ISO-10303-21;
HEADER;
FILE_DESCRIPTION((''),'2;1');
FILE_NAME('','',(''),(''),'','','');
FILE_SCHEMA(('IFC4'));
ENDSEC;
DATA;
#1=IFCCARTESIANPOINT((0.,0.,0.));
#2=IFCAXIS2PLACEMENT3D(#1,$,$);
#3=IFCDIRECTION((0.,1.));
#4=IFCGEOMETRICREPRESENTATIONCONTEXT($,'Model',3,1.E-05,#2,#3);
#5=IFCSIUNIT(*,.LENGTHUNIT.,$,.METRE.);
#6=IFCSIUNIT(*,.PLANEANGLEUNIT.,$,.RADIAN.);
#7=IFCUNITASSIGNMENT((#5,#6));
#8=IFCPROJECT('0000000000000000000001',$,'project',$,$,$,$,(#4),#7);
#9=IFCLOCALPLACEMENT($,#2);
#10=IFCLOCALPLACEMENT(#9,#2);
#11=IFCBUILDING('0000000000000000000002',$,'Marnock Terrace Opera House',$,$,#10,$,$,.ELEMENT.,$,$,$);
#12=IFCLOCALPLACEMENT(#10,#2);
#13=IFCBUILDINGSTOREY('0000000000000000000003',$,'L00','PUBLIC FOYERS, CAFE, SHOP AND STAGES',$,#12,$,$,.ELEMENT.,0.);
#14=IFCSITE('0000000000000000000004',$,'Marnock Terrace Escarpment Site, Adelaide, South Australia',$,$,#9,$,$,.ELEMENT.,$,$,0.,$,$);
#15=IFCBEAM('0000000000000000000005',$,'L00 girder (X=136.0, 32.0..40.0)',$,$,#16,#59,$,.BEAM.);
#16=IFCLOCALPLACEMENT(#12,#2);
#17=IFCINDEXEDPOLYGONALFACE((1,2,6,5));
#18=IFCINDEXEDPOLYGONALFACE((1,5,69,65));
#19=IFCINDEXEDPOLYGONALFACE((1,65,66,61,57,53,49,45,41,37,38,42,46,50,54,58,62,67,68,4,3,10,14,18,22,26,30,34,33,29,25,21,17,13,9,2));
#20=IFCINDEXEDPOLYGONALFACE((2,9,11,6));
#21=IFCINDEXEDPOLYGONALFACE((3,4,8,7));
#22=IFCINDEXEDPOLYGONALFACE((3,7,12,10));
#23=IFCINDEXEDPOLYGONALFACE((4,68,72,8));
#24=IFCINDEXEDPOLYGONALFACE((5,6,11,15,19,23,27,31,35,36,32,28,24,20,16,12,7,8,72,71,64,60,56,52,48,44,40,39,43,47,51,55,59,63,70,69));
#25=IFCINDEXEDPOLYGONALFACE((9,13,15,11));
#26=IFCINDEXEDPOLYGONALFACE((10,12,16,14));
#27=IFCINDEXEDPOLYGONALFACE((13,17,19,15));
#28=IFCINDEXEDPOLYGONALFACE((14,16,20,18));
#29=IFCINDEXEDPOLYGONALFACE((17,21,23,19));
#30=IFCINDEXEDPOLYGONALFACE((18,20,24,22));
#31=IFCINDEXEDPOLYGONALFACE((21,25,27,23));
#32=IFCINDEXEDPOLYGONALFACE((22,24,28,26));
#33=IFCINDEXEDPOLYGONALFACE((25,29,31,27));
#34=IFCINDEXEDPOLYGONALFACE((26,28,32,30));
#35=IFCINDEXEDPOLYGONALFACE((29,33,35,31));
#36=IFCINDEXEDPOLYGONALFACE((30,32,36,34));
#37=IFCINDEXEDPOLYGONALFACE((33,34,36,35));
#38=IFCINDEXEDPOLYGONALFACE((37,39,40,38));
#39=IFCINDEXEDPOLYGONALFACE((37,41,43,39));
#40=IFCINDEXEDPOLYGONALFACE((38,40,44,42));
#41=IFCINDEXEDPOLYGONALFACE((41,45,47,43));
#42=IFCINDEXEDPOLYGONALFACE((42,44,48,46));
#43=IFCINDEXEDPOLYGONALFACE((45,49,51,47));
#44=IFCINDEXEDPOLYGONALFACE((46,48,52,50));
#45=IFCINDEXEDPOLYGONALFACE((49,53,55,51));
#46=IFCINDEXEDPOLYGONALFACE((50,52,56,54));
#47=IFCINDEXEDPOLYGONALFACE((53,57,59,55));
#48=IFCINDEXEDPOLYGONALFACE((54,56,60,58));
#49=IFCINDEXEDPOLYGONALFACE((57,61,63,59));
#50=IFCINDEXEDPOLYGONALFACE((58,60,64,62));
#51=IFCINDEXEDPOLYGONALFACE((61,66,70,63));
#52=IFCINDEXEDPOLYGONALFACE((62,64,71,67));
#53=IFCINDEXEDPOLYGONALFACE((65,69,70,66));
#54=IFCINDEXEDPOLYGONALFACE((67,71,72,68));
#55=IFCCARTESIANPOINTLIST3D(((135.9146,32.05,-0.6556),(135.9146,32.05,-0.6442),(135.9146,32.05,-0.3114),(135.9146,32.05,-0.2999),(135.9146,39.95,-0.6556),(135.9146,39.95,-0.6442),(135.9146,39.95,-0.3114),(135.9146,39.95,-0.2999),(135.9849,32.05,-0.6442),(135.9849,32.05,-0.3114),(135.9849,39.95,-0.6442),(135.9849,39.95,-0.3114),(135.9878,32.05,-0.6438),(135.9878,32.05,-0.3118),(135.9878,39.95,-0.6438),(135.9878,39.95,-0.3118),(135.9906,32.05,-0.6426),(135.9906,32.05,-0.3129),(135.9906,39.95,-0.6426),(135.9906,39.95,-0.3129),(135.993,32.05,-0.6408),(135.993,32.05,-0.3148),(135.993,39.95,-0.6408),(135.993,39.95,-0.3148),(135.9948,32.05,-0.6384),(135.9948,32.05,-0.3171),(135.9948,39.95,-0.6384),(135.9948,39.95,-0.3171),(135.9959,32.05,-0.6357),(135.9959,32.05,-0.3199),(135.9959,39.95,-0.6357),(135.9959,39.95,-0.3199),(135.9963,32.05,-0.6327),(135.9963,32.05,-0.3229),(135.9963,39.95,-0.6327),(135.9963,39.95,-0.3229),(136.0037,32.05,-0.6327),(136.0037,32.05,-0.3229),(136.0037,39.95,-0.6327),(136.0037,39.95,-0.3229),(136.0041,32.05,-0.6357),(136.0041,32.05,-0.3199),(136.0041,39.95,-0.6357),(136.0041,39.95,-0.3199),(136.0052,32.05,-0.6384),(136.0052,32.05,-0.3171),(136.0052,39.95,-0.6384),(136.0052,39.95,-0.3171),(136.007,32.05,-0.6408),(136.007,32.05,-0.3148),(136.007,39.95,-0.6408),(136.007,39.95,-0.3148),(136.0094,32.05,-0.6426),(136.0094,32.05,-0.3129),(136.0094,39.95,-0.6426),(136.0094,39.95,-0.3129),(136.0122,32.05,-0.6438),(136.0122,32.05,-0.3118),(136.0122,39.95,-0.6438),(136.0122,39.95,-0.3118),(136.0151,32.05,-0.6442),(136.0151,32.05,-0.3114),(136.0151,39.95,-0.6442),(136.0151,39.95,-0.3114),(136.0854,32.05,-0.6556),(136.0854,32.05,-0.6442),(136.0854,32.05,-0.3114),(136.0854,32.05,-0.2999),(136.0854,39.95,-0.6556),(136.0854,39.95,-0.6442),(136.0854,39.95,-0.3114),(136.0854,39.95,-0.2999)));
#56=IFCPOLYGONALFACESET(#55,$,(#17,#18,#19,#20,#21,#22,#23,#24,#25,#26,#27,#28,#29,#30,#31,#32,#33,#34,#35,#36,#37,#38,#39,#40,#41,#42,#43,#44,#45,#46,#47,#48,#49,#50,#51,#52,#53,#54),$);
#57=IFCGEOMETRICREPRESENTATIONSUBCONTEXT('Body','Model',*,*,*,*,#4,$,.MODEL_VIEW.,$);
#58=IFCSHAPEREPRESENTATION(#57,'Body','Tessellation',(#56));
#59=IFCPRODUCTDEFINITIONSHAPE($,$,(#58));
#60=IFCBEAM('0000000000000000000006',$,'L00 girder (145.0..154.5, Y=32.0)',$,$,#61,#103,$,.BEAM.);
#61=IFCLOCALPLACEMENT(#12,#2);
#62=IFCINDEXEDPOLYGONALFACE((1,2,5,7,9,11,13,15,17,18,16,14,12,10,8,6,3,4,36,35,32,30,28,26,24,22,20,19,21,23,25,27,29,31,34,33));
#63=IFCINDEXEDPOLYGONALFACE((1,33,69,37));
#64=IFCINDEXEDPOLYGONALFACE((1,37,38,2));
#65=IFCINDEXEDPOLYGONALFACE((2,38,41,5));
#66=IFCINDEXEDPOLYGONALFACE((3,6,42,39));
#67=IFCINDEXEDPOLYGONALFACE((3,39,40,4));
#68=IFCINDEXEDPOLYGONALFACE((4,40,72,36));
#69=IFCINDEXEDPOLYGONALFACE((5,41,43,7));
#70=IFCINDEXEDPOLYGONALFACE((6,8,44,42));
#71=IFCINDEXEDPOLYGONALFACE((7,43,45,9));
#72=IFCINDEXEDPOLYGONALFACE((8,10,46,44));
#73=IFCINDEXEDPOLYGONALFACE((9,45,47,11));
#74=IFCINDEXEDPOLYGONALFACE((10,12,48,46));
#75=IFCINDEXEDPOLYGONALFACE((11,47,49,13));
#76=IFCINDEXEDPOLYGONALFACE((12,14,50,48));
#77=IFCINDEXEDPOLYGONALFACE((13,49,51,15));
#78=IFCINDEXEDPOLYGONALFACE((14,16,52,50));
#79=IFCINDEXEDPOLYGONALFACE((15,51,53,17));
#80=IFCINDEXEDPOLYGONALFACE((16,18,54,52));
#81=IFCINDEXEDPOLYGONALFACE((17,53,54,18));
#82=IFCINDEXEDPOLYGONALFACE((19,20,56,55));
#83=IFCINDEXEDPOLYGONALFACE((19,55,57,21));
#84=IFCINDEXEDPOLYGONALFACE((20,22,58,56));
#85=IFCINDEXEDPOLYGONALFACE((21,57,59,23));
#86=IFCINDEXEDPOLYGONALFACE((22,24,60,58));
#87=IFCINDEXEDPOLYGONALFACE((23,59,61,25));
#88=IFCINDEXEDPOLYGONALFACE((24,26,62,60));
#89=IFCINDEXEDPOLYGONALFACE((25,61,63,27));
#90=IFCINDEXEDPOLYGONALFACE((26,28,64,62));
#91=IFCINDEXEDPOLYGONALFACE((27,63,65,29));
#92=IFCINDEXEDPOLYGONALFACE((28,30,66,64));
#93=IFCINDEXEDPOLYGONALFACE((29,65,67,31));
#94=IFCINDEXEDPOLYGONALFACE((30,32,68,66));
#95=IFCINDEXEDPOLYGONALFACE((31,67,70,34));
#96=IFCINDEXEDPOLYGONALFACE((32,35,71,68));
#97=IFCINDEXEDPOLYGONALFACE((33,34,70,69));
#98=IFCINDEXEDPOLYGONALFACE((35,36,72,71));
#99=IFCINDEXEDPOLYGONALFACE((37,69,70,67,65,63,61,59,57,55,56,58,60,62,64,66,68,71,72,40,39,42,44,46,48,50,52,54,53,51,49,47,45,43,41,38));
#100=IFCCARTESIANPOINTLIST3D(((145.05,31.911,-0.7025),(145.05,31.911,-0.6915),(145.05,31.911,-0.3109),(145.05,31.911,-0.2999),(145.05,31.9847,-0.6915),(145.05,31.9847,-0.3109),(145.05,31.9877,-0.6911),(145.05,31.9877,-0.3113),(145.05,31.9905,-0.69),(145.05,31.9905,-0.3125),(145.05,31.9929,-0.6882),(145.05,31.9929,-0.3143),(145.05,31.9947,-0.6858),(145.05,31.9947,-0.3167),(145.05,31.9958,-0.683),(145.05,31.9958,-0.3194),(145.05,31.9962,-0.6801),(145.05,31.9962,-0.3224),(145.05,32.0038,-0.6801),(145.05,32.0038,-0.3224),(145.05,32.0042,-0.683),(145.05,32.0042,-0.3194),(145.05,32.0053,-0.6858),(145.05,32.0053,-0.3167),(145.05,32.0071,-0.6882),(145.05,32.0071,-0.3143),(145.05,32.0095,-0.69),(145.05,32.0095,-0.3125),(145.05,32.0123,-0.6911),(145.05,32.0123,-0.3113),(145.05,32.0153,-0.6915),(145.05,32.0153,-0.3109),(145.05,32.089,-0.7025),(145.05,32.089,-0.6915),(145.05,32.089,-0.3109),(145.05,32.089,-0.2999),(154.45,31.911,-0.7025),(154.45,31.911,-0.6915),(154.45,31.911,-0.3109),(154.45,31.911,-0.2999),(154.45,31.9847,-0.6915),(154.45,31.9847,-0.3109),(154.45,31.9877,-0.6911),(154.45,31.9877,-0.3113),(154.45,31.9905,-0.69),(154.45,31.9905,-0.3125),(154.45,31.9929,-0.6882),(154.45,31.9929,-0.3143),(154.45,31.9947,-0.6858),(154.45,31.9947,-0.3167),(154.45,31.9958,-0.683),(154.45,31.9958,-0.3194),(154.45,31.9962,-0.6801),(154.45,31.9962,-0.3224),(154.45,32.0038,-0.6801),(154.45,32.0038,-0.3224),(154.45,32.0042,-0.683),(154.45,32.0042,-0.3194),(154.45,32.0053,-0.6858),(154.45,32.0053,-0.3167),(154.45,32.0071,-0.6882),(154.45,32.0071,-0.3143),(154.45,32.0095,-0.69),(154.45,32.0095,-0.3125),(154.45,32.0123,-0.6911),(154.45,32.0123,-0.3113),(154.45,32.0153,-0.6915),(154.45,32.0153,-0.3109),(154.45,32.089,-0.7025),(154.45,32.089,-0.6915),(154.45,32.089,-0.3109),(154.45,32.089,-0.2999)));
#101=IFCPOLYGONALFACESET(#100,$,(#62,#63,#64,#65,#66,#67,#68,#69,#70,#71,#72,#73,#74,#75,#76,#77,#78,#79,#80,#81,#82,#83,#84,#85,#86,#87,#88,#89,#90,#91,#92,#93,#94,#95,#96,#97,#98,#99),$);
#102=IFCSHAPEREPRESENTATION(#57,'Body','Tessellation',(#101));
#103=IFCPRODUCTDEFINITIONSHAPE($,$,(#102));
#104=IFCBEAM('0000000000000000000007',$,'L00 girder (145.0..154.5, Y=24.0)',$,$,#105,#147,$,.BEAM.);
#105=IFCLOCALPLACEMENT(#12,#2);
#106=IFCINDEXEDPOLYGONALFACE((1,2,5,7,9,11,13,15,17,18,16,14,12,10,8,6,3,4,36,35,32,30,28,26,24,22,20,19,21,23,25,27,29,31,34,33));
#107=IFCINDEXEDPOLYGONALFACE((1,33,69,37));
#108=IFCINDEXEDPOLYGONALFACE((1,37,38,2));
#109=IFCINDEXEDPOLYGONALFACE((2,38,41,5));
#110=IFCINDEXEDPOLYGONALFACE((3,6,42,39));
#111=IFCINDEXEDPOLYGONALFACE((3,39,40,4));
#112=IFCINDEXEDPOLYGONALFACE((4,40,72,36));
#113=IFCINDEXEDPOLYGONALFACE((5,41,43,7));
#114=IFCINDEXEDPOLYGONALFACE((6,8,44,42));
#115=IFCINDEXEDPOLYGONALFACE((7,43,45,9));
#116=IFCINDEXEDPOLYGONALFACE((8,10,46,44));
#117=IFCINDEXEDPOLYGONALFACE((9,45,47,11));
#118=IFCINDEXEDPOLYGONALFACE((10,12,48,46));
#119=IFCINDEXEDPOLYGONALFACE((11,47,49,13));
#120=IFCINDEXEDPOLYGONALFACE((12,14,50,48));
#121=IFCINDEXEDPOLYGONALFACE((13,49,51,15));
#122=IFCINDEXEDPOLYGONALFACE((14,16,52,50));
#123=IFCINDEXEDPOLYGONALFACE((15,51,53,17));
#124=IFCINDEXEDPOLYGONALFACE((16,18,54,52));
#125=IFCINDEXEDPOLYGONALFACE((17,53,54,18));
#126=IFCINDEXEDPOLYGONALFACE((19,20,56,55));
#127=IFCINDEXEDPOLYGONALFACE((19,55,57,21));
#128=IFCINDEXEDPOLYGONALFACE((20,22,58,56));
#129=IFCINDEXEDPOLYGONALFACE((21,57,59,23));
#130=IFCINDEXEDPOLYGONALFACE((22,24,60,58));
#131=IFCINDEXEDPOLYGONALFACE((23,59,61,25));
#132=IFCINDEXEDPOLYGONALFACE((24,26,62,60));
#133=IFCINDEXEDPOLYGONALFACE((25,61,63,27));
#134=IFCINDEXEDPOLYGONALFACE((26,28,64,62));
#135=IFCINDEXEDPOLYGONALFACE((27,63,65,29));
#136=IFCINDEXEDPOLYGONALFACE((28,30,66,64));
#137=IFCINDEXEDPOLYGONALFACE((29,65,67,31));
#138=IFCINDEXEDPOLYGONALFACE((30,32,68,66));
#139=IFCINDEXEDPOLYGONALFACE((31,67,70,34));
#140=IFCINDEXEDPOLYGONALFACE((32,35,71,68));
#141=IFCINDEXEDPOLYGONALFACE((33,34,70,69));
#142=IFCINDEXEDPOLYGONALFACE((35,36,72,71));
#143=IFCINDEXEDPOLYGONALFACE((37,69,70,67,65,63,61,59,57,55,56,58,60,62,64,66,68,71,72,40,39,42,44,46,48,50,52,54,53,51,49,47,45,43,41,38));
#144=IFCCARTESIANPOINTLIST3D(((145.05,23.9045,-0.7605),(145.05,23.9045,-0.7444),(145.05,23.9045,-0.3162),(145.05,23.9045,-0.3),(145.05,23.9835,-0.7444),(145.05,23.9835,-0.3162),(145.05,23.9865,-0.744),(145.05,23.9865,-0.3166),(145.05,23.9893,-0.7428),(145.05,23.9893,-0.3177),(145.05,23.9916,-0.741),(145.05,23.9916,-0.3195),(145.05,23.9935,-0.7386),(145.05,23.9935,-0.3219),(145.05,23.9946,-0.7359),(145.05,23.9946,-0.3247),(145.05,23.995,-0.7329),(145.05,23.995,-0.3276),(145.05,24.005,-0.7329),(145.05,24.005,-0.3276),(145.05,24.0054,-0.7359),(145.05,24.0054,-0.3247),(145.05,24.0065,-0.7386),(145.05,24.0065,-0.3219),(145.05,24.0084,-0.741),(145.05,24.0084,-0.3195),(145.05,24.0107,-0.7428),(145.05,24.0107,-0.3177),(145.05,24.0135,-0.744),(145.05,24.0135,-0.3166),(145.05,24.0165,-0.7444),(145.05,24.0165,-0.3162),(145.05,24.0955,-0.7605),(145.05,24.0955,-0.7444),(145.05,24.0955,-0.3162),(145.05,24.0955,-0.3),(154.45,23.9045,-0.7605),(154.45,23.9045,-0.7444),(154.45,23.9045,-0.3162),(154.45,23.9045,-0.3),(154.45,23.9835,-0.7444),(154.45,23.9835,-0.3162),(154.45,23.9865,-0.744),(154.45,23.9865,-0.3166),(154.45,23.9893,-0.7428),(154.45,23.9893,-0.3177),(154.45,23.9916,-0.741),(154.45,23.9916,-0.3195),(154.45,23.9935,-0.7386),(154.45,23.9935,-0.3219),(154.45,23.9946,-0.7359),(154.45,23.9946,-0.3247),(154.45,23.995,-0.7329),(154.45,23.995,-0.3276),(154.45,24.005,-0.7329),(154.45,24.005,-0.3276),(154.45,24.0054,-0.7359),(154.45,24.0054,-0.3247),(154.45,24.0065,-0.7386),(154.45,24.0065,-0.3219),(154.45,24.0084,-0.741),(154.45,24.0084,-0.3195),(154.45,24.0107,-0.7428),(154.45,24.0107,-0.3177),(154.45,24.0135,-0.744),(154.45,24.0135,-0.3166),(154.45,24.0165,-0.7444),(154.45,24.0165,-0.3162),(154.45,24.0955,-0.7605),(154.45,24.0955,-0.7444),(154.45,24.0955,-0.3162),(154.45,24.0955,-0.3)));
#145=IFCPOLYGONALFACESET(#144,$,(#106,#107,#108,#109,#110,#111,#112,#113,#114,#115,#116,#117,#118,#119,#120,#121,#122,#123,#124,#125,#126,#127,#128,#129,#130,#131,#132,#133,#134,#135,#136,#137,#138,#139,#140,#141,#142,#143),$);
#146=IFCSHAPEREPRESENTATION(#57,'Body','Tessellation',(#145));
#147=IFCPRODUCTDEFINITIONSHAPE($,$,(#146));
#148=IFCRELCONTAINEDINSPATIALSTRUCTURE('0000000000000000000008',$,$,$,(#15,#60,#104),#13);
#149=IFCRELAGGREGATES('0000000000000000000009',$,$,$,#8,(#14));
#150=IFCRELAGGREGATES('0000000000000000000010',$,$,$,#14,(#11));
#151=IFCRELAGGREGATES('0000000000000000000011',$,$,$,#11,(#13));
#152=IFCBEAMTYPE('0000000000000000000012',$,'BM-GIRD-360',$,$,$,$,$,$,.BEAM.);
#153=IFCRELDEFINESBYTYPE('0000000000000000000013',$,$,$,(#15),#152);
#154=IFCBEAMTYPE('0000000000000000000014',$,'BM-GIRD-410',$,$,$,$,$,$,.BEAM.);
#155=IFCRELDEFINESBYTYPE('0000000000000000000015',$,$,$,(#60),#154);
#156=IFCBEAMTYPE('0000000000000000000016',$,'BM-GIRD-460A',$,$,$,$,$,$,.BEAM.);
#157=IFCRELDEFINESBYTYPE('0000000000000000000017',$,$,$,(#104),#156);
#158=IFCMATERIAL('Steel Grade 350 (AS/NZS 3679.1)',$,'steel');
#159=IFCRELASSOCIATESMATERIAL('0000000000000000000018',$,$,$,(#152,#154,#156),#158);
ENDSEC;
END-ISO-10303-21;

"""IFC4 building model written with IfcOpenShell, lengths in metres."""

from ifc_helpers import new_model, si_unit, direction, frame, origin, origin_2d, place, context, subcontext, project, spatial, i_section, extrude, material, material_profile, profile_set, type_object, element, save


model = new_model("IFC4")

# Units and contexts
model_context = context("Model", 3, precision=1e-05, world=origin(), true_north=direction((0.0, 1.0)))
body_context = subcontext(model_context, "Body", "Model", "MODEL_VIEW")
ifc_project = project(units=[si_unit("LENGTHUNIT", "METRE"), si_unit("PLANEANGLEUNIT", "RADIAN")], contexts=[model_context])

# Site, building, storey
site_placement = place(None, origin())
site = spatial("IfcSite", under=ifc_project, at=site_placement, Name="Marnock Terrace Escarpment Site, Adelaide, South Australia", CompositionType="ELEMENT", RefElevation=0.0)
building_placement = place(site_placement, origin())
building = spatial("IfcBuilding", under=site, at=building_placement, Name="Marnock Terrace Opera House", CompositionType="ELEMENT")
storey_placement = place(building_placement, origin())
storey = spatial("IfcBuildingStorey", under=building, at=storey_placement, Name="L00", Description="PUBLIC FOYERS, CAFE, SHOP AND STAGES", CompositionType="ELEMENT", Elevation=0.0)

# Shared definitions
ifc_material_1 = material(Name="Steel Grade 350 (AS/NZS 3679.1)", Category="steel")

# Beams
ifc_material_profile_1 = material_profile(ifc_material_1, i_section(OverallWidth=0.1709, OverallDepth=0.3557, WebThickness=0.0073, FlangeThickness=0.0115, FilletRadius=0.0115, at=origin_2d()))
ifc_profile_set_1 = profile_set([ifc_material_profile_1], Name="Steel Grade 350 (AS/NZS 3679.1)")
beam_type_1 = type_object("IfcBeamType", Name="BM-GIRD-360", PredefinedType="BEAM", material=ifc_profile_set_1)
for number, where, z_axis, x_axis, name in (
    (1, (136.0, 32.05, -0.4778), (0.0, 1.0, 0.0), (-1.0, 0.0, 0.0), "L00 girder (X=136.0, 32.0..40.0)"),
):
    element("IfcBeam", number, at=place(storey_placement, frame(where, z_axis=z_axis, x_axis=x_axis)), inside=storey, type_object=beam_type_1, Name=name, PredefinedType="BEAM", context=body_context, shape_type="SweptSolid", body=[
        extrude(i_section(OverallWidth=0.1709, OverallDepth=0.3557, WebThickness=0.0073, FlangeThickness=0.0115, FilletRadius=0.0115, at=origin_2d()), origin(), (0.0, 0.0, 1.0), 7.8999),
    ])
ifc_material_profile_2 = material_profile(ifc_material_1, i_section(OverallWidth=0.178, OverallDepth=0.4026, WebThickness=0.0076, FlangeThickness=0.011, FilletRadius=0.0115, at=origin_2d()))
ifc_profile_set_2 = profile_set([ifc_material_profile_2], Name="Steel Grade 350 (AS/NZS 3679.1)")
beam_type_2 = type_object("IfcBeamType", Name="BM-GIRD-410", PredefinedType="BEAM", material=ifc_profile_set_2)
beam_1_placement = place(storey_placement, frame((145.05, 32.0, -0.5012), z_axis=(1.0, 0.0, 0.0), x_axis=(0.0, 1.0, 0.0)))
element("IfcBeam", 2, at=beam_1_placement, inside=storey, type_object=beam_type_2, Name="L00 girder (145.0..154.5, Y=32.0)", PredefinedType="BEAM", context=body_context, shape_type="SweptSolid", body=[
    extrude(i_section(OverallWidth=0.178, OverallDepth=0.4026, WebThickness=0.0076, FlangeThickness=0.011, FilletRadius=0.0115, at=origin_2d()), origin(), (0.0, 0.0, 1.0), 9.3999),
])
ifc_material_profile_3 = material_profile(ifc_material_1, i_section(OverallWidth=0.1909, OverallDepth=0.4604, WebThickness=0.01, FlangeThickness=0.0161, FilletRadius=0.0115, at=origin_2d()))
ifc_profile_set_3 = profile_set([ifc_material_profile_3], Name="Steel Grade 350 (AS/NZS 3679.1)")
beam_type_3 = type_object("IfcBeamType", Name="BM-GIRD-460A", PredefinedType="BEAM", material=ifc_profile_set_3)
beam_2_placement = place(storey_placement, frame((145.05, 24.0, -0.5303), z_axis=(1.0, 0.0, 0.0), x_axis=(0.0, 1.0, 0.0)))
element("IfcBeam", 3, at=beam_2_placement, inside=storey, type_object=beam_type_3, Name="L00 girder (145.0..154.5, Y=24.0)", PredefinedType="BEAM", context=body_context, shape_type="SweptSolid", body=[
    extrude(i_section(OverallWidth=0.1909, OverallDepth=0.4604, WebThickness=0.01, FlangeThickness=0.0161, FilletRadius=0.0115, at=origin_2d()), origin(), (0.0, 0.0, 1.0), 9.3999),
])

save(model, "model.ifc")
